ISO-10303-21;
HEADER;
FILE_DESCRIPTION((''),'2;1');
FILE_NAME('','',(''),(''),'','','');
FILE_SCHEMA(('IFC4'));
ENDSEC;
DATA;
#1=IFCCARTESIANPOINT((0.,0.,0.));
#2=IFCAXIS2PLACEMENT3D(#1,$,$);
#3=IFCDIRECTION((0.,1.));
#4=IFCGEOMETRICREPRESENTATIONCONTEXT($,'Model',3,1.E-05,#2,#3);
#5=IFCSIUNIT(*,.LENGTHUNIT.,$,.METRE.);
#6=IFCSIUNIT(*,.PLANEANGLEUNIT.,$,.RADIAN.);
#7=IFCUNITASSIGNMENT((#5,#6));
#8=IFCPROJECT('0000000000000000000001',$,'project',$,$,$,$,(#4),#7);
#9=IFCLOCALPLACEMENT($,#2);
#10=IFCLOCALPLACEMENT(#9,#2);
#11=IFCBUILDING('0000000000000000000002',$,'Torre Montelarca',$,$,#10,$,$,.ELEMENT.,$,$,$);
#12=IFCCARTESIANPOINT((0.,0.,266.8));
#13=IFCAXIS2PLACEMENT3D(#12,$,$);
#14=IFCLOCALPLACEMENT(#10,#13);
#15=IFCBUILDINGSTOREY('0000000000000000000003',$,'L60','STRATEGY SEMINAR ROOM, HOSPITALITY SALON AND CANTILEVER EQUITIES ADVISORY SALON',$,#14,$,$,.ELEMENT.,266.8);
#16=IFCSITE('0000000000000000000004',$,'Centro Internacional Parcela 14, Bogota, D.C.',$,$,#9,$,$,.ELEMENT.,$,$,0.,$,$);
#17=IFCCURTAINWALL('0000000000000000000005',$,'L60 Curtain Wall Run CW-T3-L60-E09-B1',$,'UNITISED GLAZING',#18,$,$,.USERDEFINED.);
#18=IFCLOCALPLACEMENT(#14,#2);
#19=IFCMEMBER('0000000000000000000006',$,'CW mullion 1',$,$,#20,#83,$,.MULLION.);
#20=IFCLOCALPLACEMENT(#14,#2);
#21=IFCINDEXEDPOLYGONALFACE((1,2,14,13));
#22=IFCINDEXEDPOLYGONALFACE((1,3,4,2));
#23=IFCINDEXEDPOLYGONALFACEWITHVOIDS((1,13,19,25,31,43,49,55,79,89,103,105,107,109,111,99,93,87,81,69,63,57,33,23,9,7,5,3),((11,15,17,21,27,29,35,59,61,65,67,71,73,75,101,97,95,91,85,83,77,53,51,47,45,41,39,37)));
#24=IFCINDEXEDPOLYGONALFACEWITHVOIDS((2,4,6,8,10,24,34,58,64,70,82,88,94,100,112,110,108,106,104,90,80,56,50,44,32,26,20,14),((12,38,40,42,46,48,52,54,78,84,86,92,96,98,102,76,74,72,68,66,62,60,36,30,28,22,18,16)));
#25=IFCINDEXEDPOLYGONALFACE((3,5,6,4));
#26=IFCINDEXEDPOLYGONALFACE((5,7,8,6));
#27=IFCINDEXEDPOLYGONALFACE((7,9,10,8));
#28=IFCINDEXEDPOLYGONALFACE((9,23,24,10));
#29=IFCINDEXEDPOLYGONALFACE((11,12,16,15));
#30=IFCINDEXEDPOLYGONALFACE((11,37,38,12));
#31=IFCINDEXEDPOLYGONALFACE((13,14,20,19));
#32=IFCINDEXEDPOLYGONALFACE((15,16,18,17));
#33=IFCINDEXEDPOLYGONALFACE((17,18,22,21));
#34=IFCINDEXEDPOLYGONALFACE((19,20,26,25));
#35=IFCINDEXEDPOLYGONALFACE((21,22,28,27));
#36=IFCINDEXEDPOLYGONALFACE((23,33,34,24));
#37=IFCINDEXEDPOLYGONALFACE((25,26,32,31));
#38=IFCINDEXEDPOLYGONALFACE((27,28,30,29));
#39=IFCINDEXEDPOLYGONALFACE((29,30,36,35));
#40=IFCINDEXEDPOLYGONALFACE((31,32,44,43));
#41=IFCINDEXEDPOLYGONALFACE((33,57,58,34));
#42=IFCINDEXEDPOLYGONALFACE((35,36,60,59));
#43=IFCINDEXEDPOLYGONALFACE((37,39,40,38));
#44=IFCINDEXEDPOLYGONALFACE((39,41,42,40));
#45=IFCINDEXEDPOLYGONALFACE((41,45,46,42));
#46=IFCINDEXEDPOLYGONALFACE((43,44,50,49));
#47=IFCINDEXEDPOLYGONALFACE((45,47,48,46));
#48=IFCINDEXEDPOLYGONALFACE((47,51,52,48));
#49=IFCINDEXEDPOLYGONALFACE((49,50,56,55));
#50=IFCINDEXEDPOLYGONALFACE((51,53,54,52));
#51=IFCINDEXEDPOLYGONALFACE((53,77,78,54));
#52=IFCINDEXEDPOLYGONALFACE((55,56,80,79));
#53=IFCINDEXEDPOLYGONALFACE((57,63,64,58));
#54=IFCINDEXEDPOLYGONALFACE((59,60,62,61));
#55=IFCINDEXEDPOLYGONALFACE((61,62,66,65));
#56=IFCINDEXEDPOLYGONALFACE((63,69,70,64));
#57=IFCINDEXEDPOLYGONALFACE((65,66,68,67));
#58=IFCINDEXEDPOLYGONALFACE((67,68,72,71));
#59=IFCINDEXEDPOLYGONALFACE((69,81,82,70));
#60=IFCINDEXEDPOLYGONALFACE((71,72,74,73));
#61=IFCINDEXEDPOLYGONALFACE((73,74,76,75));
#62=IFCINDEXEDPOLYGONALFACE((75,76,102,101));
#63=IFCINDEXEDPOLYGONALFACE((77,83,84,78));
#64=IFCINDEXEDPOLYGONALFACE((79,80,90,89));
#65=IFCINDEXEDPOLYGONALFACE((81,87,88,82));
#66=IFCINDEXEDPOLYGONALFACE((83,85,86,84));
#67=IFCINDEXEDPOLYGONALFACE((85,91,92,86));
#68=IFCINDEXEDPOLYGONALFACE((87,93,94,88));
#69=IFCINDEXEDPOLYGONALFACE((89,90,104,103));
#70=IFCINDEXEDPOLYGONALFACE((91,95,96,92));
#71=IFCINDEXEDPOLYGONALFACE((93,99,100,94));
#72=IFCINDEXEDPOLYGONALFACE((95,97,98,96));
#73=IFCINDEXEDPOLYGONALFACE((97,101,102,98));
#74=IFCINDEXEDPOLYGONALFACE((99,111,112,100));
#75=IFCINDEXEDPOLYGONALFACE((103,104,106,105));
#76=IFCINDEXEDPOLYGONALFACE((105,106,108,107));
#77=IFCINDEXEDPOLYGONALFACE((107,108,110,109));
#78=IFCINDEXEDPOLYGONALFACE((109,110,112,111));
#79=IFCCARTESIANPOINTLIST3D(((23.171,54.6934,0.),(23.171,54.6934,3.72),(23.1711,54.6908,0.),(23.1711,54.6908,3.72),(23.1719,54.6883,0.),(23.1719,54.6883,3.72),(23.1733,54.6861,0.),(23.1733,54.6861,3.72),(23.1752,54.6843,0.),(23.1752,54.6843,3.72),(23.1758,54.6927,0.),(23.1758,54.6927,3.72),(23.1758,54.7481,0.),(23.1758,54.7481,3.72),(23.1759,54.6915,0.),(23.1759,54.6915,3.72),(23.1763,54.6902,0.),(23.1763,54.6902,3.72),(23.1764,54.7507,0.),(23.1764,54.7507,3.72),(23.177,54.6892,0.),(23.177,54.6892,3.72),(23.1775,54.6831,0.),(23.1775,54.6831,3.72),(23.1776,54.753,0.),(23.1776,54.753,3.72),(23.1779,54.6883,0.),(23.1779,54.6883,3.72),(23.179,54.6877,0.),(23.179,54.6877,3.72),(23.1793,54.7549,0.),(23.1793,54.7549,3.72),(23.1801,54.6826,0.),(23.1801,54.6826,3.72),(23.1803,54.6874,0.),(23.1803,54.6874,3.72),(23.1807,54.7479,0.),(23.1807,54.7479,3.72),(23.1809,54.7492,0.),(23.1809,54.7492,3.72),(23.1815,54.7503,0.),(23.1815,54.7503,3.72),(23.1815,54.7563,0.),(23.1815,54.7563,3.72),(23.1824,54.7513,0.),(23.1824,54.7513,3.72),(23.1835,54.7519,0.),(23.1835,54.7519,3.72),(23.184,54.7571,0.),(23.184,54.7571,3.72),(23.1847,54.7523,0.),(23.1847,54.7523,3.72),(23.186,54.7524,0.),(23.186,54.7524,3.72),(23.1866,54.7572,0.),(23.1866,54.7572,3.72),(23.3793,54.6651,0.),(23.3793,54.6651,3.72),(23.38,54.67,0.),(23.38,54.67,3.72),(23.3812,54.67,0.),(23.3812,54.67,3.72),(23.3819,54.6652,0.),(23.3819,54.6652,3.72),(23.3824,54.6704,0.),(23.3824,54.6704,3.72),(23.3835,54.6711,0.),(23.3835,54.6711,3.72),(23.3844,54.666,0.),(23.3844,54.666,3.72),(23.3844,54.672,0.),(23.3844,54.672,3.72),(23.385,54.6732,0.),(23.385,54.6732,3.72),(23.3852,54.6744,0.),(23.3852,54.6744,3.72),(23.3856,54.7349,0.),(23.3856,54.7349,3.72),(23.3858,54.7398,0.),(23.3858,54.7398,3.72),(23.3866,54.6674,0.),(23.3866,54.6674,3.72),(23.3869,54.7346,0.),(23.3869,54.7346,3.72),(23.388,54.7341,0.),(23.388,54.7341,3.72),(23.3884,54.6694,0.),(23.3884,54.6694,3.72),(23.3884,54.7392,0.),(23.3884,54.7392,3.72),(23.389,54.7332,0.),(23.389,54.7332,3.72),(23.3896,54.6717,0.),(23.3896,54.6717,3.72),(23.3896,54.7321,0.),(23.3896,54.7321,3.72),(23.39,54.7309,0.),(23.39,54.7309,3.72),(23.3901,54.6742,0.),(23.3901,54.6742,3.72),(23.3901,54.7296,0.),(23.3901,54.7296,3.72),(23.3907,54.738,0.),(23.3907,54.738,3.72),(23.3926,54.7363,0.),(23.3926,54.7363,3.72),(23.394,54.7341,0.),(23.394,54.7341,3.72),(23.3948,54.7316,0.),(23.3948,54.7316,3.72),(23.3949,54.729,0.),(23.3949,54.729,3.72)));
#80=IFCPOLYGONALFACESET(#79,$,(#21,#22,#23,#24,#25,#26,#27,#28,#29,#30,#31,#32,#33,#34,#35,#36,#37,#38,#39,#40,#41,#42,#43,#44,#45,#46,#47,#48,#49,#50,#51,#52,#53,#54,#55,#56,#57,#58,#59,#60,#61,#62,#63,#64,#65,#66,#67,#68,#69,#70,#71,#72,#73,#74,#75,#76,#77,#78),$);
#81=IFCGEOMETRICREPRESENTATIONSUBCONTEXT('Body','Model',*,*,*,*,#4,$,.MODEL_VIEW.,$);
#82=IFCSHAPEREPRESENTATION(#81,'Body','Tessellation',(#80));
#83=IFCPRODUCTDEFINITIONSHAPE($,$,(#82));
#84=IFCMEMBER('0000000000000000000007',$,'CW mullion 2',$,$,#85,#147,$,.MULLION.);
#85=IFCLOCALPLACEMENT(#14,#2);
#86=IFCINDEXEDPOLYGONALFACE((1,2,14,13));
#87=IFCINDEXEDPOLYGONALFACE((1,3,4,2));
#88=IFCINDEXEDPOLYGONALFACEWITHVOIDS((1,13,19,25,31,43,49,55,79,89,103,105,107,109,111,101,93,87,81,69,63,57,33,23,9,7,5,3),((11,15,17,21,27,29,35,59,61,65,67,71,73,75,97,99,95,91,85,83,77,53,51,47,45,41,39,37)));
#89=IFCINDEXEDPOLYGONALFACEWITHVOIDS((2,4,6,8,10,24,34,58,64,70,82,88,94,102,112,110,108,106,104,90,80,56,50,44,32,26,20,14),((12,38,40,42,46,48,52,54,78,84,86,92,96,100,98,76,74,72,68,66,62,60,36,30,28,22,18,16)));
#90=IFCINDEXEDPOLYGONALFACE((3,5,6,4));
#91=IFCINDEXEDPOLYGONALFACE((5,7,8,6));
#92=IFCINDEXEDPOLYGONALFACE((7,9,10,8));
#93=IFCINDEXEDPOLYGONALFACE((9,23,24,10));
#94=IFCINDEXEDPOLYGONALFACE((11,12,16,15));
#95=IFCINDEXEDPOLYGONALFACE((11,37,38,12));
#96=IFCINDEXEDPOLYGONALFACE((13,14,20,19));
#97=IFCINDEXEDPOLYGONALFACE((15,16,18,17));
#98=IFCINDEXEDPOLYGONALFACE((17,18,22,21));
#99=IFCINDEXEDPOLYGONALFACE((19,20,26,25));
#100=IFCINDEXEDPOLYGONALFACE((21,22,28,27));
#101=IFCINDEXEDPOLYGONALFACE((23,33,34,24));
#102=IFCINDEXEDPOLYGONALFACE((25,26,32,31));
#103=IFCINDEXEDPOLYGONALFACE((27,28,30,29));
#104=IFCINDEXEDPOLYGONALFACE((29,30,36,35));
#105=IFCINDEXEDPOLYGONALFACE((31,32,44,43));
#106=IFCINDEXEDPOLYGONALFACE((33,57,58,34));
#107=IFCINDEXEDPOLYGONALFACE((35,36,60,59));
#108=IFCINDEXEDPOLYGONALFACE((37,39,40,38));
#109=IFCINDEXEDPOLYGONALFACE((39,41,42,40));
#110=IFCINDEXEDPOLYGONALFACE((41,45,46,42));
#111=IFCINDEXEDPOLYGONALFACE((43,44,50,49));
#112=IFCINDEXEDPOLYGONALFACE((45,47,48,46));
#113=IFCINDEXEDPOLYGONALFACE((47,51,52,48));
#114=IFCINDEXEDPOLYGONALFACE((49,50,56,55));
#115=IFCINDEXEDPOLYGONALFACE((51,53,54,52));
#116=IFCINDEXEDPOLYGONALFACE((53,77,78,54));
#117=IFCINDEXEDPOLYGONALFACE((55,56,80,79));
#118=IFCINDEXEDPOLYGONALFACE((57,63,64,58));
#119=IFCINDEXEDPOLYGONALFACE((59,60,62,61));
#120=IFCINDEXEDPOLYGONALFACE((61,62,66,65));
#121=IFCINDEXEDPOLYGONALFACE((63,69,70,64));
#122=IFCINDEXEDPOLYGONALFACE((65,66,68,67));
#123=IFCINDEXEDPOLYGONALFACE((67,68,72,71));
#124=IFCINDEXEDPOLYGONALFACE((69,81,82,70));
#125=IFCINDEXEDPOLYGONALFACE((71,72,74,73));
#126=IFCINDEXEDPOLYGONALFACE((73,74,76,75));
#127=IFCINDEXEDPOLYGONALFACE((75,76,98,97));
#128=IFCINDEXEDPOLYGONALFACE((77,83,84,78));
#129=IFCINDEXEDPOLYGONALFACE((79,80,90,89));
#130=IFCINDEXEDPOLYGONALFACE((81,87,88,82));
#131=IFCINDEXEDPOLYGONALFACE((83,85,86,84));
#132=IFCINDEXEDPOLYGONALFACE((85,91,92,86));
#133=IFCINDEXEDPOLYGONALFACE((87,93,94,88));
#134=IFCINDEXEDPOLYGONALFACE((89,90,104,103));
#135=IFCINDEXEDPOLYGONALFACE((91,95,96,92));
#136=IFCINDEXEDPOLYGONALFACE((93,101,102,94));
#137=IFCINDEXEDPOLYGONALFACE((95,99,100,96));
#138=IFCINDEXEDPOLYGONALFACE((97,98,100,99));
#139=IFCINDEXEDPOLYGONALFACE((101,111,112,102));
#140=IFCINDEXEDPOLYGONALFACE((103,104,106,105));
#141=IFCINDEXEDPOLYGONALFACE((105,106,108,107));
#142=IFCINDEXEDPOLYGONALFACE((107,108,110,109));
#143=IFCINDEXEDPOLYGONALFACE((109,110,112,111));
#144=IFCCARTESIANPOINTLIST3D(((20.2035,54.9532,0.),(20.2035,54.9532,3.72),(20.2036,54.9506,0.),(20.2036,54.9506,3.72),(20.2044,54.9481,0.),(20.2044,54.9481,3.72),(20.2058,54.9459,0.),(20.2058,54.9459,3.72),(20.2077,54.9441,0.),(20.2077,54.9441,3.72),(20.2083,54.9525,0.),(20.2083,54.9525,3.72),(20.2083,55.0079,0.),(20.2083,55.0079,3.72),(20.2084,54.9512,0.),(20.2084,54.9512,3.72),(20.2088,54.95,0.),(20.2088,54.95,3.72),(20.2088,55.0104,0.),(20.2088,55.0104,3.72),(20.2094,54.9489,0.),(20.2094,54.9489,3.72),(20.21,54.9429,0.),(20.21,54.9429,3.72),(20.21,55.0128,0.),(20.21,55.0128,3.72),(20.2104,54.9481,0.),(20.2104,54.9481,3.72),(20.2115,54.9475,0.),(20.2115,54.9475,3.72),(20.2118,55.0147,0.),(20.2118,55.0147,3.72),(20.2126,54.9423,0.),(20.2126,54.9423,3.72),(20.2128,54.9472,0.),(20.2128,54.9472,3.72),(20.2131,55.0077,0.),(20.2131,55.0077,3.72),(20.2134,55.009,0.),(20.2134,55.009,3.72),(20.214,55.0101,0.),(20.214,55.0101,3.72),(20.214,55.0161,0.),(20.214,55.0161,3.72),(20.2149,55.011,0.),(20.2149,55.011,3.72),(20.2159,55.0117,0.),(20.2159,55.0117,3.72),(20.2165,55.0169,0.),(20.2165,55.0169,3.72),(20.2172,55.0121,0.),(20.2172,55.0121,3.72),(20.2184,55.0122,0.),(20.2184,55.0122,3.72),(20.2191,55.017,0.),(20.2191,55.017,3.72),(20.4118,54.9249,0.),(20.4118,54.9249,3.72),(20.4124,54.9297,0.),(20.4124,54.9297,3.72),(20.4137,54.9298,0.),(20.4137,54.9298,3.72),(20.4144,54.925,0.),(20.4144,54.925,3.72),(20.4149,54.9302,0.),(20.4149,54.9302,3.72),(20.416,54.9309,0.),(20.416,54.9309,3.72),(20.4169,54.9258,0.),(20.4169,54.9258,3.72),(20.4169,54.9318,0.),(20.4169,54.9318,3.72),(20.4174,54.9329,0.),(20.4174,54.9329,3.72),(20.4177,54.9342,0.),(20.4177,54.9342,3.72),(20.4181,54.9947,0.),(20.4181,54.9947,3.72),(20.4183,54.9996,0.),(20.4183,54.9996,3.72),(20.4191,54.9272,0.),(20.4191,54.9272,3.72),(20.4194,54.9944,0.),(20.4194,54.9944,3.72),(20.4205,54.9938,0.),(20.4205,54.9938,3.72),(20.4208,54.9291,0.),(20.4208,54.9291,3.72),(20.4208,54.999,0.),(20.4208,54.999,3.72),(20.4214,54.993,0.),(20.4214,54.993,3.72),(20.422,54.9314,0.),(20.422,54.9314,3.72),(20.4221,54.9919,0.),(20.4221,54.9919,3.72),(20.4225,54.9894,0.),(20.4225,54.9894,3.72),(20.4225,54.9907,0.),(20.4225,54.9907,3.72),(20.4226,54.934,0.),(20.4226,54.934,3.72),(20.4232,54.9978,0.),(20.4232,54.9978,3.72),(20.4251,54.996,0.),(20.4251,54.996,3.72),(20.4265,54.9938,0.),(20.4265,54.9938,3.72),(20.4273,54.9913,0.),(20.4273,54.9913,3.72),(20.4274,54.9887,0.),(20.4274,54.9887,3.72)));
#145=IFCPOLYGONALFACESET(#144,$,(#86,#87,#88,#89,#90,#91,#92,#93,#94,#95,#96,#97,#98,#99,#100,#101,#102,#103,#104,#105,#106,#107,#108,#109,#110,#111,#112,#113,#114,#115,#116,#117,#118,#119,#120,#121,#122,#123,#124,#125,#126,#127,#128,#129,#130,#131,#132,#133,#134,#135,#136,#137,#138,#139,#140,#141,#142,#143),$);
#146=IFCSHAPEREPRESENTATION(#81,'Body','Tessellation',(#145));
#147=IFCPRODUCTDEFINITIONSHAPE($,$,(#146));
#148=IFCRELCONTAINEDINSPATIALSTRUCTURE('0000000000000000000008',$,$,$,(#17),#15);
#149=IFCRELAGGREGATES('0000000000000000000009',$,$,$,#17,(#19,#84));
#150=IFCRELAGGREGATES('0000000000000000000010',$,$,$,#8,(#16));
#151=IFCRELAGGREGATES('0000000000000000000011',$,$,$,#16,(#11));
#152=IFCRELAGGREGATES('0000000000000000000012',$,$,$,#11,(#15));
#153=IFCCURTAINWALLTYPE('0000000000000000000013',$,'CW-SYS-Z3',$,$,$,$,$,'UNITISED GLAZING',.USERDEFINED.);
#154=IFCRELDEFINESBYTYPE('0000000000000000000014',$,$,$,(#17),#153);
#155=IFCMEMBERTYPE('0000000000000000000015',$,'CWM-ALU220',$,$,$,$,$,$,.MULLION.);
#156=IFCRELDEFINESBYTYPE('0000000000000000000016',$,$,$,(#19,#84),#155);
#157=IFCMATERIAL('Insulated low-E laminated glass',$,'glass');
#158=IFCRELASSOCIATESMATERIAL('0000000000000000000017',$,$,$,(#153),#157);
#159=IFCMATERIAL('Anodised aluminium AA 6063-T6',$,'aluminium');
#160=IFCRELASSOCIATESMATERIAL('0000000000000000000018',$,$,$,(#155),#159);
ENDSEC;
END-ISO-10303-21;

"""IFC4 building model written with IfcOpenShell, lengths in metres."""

from ifc_helpers import new_model, si_unit, direction, frame, origin, origin_2d, place, context, subcontext, project, spatial, hollow_rectangle, extrude, source, transform, mapped, material, material_profile, profile_set, type_object, element, aggregate, save


model = new_model("IFC4")

# Units and contexts
model_context = context("Model", 3, precision=1e-05, world=origin(), true_north=direction((0.0, 1.0)))
body_context = subcontext(model_context, "Body", "Model", "MODEL_VIEW")
ifc_project = project(units=[si_unit("LENGTHUNIT", "METRE"), si_unit("PLANEANGLEUNIT", "RADIAN")], contexts=[model_context])

# Site, building, storey
site_placement = place(None, origin())
site = spatial("IfcSite", under=ifc_project, at=site_placement, Name="Centro Internacional Parcela 14, Bogota, D.C.", CompositionType="ELEMENT", RefElevation=0.0)
building_placement = place(site_placement, origin())
building = spatial("IfcBuilding", under=site, at=building_placement, Name="Torre Montelarca", CompositionType="ELEMENT")
storey_placement = place(building_placement, frame((0.0, 0.0, 266.8)))
storey = spatial("IfcBuildingStorey", under=building, at=storey_placement, Name="L60", Description="STRATEGY SEMINAR ROOM, HOSPITALITY SALON AND CANTILEVER EQUITIES ADVISORY SALON", CompositionType="ELEMENT", Elevation=266.8)

# Curtain wall
ifc_material_1 = material(Name="Insulated low-E laminated glass", Category="glass")
curtain_wall_type = type_object("IfcCurtainWallType", Name="CW-SYS-Z3", ElementType="UNITISED GLAZING", PredefinedType="USERDEFINED", material=ifc_material_1)
curtain_wall_1_placement = place(storey_placement, origin())
curtain_wall_1 = element("IfcCurtainWall", 1, at=curtain_wall_1_placement, inside=storey, type_object=curtain_wall_type, Name="L60 Curtain Wall Run CW-T3-L60-E09-B1", ObjectType="UNITISED GLAZING", PredefinedType="USERDEFINED")
ifc_material_2 = material(Name="Anodised aluminium AA 6063-T6", Category="aluminium")
ifc_material_profile_1 = material_profile(ifc_material_2, hollow_rectangle(XDim=0.075, YDim=0.22, WallThickness=0.0049, InnerFilletRadius=0.0049, OuterFilletRadius=0.01, at=origin_2d()), Name="ALU75X220X5", Category="aluminium")
ifc_profile_set_1 = profile_set([ifc_material_profile_1], Name="Anodised aluminium AA 6063-T6")
member_type_1 = type_object("IfcMemberType", Name="CWM-ALU220", PredefinedType="MULLION", material=ifc_profile_set_1)
shared_shape_1 = source(origin(), body_context, "Body", "SweptSolid", [
    extrude(hollow_rectangle(XDim=0.075, YDim=0.22, WallThickness=0.0049, InnerFilletRadius=0.0049, OuterFilletRadius=0.01, at=origin_2d()), origin(), (0.0, 0.0, 1.0), 3.72),
])

# Members
member_1_placement = place(storey_placement, frame((23.283, 54.7112, 0.0), z_axis=(0.0, 0.0, 1.0), x_axis=(-0.087165, -0.996194, 0.0)))
member_1 = element("IfcMember", 2, at=member_1_placement, type_object=member_type_1, Name="CW mullion 1", PredefinedType="MULLION", context=body_context, shape_type="MappedRepresentation", body=[
    mapped(shared_shape_1, transform((0.0, 0.0, 0.0), scale=1.0)),
])
member_2_placement = place(storey_placement, frame((20.3154, 54.9709, 0.0), z_axis=(0.0, 0.0, 1.0), x_axis=(-0.087165, -0.996194, 0.0)))
member_2 = element("IfcMember", 3, at=member_2_placement, type_object=member_type_1, Name="CW mullion 2", PredefinedType="MULLION", context=body_context, shape_type="MappedRepresentation", body=[
    mapped(shared_shape_1, transform((0.0, 0.0, 0.0), scale=1.0)),
])

aggregate(curtain_wall_1, [member_1, member_2])

save(model, "model.ifc")
